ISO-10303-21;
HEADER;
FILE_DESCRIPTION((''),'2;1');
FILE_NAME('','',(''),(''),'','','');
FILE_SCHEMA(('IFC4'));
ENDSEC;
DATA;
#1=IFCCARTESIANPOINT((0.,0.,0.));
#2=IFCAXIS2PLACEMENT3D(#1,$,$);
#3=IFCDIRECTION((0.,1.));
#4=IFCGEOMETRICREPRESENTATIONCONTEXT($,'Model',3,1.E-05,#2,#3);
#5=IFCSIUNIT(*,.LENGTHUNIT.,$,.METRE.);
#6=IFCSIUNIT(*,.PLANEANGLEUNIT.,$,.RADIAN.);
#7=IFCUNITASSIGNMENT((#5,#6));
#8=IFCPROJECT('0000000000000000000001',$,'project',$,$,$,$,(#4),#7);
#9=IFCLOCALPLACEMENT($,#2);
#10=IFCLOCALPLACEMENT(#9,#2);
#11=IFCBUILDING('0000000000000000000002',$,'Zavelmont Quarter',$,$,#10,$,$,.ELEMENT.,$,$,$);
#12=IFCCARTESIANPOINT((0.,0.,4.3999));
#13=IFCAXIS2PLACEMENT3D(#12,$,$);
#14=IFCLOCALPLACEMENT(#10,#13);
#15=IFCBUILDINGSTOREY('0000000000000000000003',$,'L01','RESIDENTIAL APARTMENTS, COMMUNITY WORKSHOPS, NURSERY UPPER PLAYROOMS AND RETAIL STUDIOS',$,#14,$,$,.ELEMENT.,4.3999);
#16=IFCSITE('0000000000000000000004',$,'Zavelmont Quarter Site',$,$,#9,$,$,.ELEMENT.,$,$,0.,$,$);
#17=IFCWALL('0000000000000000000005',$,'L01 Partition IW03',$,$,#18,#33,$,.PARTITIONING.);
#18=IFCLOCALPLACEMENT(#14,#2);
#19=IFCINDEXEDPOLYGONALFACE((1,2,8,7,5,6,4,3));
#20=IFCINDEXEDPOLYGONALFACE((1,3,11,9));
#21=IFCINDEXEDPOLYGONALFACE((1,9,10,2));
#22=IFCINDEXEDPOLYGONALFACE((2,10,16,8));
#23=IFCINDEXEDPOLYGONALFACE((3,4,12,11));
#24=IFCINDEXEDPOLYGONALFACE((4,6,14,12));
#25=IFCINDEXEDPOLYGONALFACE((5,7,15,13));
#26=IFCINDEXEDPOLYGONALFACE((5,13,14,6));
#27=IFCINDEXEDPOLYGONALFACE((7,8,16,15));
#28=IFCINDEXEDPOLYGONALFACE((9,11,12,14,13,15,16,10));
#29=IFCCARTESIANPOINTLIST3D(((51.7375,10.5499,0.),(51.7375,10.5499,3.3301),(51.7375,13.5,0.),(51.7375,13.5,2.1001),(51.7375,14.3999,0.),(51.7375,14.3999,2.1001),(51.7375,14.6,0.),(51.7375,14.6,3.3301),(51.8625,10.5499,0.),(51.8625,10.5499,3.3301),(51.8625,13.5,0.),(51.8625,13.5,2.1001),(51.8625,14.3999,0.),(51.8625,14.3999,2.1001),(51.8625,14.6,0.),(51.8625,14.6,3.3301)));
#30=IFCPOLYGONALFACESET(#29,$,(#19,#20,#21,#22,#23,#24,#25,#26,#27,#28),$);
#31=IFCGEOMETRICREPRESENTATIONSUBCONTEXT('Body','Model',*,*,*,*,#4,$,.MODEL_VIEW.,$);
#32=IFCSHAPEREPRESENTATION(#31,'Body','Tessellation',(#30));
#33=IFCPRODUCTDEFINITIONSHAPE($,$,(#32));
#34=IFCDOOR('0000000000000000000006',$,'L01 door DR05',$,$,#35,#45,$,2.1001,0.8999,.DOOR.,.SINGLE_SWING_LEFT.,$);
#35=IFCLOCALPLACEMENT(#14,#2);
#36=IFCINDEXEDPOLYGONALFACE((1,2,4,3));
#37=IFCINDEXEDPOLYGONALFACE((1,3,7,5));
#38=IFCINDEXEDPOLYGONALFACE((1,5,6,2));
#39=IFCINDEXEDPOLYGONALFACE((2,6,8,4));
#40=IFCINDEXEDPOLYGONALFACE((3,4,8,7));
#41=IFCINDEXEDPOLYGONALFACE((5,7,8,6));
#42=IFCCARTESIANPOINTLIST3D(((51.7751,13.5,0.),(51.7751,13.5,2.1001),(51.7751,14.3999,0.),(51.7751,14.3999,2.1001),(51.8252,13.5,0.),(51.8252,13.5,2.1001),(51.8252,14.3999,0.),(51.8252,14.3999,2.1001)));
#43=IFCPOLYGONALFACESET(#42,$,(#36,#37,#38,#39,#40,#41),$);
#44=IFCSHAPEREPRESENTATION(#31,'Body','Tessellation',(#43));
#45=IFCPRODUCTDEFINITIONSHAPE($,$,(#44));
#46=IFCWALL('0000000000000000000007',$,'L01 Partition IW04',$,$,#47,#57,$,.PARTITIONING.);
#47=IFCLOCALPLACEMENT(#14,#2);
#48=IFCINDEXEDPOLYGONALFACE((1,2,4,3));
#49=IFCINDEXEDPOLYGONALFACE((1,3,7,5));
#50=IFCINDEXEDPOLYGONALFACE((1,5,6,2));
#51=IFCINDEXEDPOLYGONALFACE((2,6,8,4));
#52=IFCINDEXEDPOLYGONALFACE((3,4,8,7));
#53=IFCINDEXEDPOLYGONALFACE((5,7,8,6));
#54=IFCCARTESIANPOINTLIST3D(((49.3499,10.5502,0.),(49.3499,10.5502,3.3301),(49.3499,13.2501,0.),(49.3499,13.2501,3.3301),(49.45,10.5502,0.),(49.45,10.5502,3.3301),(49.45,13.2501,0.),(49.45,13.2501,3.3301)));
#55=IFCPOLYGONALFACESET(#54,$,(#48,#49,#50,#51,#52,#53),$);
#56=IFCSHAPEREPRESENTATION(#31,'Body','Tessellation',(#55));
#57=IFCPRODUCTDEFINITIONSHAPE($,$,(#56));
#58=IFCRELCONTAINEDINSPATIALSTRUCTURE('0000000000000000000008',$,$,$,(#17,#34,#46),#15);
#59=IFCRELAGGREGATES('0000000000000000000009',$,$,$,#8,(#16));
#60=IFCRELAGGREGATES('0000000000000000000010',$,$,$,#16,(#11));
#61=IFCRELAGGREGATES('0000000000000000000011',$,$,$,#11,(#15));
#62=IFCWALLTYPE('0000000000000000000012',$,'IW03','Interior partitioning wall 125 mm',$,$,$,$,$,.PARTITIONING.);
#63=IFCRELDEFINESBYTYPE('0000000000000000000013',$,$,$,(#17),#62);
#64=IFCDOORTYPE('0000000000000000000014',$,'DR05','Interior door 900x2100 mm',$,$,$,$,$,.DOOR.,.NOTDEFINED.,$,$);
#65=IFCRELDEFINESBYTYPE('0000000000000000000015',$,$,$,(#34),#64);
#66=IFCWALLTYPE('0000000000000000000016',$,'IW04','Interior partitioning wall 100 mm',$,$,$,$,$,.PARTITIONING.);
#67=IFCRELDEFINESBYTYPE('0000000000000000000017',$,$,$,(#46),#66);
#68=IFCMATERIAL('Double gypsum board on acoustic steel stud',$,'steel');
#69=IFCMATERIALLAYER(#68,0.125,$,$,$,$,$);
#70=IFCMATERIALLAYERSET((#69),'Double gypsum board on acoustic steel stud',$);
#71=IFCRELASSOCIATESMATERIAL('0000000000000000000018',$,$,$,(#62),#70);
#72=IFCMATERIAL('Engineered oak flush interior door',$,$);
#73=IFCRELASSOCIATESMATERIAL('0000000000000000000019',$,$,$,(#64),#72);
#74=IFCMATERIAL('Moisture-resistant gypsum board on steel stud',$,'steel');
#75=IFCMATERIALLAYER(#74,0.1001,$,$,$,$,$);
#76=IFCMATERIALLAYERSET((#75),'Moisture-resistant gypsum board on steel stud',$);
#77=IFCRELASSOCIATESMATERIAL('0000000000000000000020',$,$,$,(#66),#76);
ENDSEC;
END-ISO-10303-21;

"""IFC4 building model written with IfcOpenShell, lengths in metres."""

from ifc_helpers import new_model, si_unit, direction, frame, frame_2d, origin, origin_with_axes, place, context, subcontext, project, spatial, rectangle, extrude, material, layer, layer_set, type_object, element, fill, save


model = new_model("IFC4")

# Units and contexts
model_context = context("Model", 3, precision=1e-05, world=origin(), true_north=direction((0.0, 1.0)))
body_context = subcontext(model_context, "Body", "Model", "MODEL_VIEW")
ifc_project = project(units=[si_unit("LENGTHUNIT", "METRE"), si_unit("PLANEANGLEUNIT", "RADIAN")], contexts=[model_context])

# Site, building, storey
site_placement = place(None, origin())
site = spatial("IfcSite", under=ifc_project, at=site_placement, Name="Zavelmont Quarter Site", CompositionType="ELEMENT", RefElevation=0.0)
building_placement = place(site_placement, origin())
building = spatial("IfcBuilding", under=site, at=building_placement, Name="Zavelmont Quarter", CompositionType="ELEMENT")
storey_placement = place(building_placement, frame((0.0, 0.0, 4.3999)))
storey = spatial("IfcBuildingStorey", under=building, at=storey_placement, Name="L01", Description="RESIDENTIAL APARTMENTS, COMMUNITY WORKSHOPS, NURSERY UPPER PLAYROOMS AND RETAIL STUDIOS", CompositionType="ELEMENT", Elevation=4.3999)

# Wall, opening, door
ifc_material_1 = material(Name="Double gypsum board on acoustic steel stud", Category="steel")
ifc_layer_1 = layer(ifc_material_1, 0.125)
ifc_layer_set_1 = layer_set([ifc_layer_1], Name="Double gypsum board on acoustic steel stud")
wall_type_1 = type_object("IfcWallType", Name="IW03", Description="Interior partitioning wall 125 mm", PredefinedType="PARTITIONING", material=ifc_layer_set_1)
ifc_material_2 = material(Name="Engineered oak flush interior door")
door_type_1 = type_object("IfcDoorType", Name="DR05", Description="Interior door 900x2100 mm", OperationType="NOTDEFINED", PredefinedType="DOOR", material=ifc_material_2)
wall_1_placement = place(storey_placement, frame((51.8, 10.55, 0.0), z_axis=(0.0, 0.0, 1.0), x_axis=(0.0, 1.0, 0.0)))
wall_1 = element("IfcWall", 1, at=wall_1_placement, inside=storey, type_object=wall_type_1, Name="L01 Partition IW03", PredefinedType="PARTITIONING", context=body_context, shape_type="SweptSolid", body=[
    extrude(rectangle(XDim=4.05, YDim=0.125, at=frame_2d((2.0249, 0.0))), origin(), (0.0, 0.0, 1.0), 3.3301),
])
opening_1_placement = place(wall_1_placement, frame((2.95, 0.0, 0.0)))
opening_1 = element("IfcOpeningElement", 2, at=opening_1_placement, cuts=wall_1, PredefinedType="OPENING", context=body_context, shape_type="SweptSolid", body=[
    extrude(rectangle(XDim=0.8999, YDim=2.1001, at=frame_2d((0.45, 1.05))), frame((0.0, 0.0745, 0.0), z_axis=(0.0, -1.0, 0.0), x_axis=(1.0, 0.0, 0.0)), (0.0, 0.0, 1.0), 0.1489),
])
door_1_placement = place(opening_1_placement, origin_with_axes())
door_1 = element("IfcDoor", 3, at=door_1_placement, inside=storey, type_object=door_type_1, Name="L01 door DR05", OperationType="SINGLE_SWING_LEFT", OverallHeight=2.1001, OverallWidth=0.8999, PredefinedType="DOOR", context=body_context, shape_type="SweptSolid", body=[
    extrude(rectangle(XDim=0.8999, YDim=2.1001, at=frame_2d((0.45, 1.05))), frame((0.0, 0.0249, 0.0), z_axis=(0.0, -1.0, 0.0), x_axis=(1.0, 0.0, 0.0)), (0.0, 0.0, 1.0), 0.05),
])
fill(opening_1, door_1)

# Wall
ifc_material_3 = material(Name="Moisture-resistant gypsum board on steel stud", Category="steel")
ifc_layer_2 = layer(ifc_material_3, 0.1001)
ifc_layer_set_2 = layer_set([ifc_layer_2], Name="Moisture-resistant gypsum board on steel stud")
wall_type_2 = type_object("IfcWallType", Name="IW04", Description="Interior partitioning wall 100 mm", PredefinedType="PARTITIONING", material=ifc_layer_set_2)
wall_2_placement = place(storey_placement, frame((49.3999, 10.55, 0.0), z_axis=(0.0, 0.0, 1.0), x_axis=(0.0, 1.0, 0.0)))
element("IfcWall", 4, at=wall_2_placement, inside=storey, type_object=wall_type_2, Name="L01 Partition IW04", PredefinedType="PARTITIONING", context=body_context, shape_type="SweptSolid", body=[
    extrude(rectangle(XDim=2.7, YDim=0.1001, at=frame_2d((1.3501, 0.0))), origin(), (0.0, 0.0, 1.0), 3.3301),
])

save(model, "model.ifc")
